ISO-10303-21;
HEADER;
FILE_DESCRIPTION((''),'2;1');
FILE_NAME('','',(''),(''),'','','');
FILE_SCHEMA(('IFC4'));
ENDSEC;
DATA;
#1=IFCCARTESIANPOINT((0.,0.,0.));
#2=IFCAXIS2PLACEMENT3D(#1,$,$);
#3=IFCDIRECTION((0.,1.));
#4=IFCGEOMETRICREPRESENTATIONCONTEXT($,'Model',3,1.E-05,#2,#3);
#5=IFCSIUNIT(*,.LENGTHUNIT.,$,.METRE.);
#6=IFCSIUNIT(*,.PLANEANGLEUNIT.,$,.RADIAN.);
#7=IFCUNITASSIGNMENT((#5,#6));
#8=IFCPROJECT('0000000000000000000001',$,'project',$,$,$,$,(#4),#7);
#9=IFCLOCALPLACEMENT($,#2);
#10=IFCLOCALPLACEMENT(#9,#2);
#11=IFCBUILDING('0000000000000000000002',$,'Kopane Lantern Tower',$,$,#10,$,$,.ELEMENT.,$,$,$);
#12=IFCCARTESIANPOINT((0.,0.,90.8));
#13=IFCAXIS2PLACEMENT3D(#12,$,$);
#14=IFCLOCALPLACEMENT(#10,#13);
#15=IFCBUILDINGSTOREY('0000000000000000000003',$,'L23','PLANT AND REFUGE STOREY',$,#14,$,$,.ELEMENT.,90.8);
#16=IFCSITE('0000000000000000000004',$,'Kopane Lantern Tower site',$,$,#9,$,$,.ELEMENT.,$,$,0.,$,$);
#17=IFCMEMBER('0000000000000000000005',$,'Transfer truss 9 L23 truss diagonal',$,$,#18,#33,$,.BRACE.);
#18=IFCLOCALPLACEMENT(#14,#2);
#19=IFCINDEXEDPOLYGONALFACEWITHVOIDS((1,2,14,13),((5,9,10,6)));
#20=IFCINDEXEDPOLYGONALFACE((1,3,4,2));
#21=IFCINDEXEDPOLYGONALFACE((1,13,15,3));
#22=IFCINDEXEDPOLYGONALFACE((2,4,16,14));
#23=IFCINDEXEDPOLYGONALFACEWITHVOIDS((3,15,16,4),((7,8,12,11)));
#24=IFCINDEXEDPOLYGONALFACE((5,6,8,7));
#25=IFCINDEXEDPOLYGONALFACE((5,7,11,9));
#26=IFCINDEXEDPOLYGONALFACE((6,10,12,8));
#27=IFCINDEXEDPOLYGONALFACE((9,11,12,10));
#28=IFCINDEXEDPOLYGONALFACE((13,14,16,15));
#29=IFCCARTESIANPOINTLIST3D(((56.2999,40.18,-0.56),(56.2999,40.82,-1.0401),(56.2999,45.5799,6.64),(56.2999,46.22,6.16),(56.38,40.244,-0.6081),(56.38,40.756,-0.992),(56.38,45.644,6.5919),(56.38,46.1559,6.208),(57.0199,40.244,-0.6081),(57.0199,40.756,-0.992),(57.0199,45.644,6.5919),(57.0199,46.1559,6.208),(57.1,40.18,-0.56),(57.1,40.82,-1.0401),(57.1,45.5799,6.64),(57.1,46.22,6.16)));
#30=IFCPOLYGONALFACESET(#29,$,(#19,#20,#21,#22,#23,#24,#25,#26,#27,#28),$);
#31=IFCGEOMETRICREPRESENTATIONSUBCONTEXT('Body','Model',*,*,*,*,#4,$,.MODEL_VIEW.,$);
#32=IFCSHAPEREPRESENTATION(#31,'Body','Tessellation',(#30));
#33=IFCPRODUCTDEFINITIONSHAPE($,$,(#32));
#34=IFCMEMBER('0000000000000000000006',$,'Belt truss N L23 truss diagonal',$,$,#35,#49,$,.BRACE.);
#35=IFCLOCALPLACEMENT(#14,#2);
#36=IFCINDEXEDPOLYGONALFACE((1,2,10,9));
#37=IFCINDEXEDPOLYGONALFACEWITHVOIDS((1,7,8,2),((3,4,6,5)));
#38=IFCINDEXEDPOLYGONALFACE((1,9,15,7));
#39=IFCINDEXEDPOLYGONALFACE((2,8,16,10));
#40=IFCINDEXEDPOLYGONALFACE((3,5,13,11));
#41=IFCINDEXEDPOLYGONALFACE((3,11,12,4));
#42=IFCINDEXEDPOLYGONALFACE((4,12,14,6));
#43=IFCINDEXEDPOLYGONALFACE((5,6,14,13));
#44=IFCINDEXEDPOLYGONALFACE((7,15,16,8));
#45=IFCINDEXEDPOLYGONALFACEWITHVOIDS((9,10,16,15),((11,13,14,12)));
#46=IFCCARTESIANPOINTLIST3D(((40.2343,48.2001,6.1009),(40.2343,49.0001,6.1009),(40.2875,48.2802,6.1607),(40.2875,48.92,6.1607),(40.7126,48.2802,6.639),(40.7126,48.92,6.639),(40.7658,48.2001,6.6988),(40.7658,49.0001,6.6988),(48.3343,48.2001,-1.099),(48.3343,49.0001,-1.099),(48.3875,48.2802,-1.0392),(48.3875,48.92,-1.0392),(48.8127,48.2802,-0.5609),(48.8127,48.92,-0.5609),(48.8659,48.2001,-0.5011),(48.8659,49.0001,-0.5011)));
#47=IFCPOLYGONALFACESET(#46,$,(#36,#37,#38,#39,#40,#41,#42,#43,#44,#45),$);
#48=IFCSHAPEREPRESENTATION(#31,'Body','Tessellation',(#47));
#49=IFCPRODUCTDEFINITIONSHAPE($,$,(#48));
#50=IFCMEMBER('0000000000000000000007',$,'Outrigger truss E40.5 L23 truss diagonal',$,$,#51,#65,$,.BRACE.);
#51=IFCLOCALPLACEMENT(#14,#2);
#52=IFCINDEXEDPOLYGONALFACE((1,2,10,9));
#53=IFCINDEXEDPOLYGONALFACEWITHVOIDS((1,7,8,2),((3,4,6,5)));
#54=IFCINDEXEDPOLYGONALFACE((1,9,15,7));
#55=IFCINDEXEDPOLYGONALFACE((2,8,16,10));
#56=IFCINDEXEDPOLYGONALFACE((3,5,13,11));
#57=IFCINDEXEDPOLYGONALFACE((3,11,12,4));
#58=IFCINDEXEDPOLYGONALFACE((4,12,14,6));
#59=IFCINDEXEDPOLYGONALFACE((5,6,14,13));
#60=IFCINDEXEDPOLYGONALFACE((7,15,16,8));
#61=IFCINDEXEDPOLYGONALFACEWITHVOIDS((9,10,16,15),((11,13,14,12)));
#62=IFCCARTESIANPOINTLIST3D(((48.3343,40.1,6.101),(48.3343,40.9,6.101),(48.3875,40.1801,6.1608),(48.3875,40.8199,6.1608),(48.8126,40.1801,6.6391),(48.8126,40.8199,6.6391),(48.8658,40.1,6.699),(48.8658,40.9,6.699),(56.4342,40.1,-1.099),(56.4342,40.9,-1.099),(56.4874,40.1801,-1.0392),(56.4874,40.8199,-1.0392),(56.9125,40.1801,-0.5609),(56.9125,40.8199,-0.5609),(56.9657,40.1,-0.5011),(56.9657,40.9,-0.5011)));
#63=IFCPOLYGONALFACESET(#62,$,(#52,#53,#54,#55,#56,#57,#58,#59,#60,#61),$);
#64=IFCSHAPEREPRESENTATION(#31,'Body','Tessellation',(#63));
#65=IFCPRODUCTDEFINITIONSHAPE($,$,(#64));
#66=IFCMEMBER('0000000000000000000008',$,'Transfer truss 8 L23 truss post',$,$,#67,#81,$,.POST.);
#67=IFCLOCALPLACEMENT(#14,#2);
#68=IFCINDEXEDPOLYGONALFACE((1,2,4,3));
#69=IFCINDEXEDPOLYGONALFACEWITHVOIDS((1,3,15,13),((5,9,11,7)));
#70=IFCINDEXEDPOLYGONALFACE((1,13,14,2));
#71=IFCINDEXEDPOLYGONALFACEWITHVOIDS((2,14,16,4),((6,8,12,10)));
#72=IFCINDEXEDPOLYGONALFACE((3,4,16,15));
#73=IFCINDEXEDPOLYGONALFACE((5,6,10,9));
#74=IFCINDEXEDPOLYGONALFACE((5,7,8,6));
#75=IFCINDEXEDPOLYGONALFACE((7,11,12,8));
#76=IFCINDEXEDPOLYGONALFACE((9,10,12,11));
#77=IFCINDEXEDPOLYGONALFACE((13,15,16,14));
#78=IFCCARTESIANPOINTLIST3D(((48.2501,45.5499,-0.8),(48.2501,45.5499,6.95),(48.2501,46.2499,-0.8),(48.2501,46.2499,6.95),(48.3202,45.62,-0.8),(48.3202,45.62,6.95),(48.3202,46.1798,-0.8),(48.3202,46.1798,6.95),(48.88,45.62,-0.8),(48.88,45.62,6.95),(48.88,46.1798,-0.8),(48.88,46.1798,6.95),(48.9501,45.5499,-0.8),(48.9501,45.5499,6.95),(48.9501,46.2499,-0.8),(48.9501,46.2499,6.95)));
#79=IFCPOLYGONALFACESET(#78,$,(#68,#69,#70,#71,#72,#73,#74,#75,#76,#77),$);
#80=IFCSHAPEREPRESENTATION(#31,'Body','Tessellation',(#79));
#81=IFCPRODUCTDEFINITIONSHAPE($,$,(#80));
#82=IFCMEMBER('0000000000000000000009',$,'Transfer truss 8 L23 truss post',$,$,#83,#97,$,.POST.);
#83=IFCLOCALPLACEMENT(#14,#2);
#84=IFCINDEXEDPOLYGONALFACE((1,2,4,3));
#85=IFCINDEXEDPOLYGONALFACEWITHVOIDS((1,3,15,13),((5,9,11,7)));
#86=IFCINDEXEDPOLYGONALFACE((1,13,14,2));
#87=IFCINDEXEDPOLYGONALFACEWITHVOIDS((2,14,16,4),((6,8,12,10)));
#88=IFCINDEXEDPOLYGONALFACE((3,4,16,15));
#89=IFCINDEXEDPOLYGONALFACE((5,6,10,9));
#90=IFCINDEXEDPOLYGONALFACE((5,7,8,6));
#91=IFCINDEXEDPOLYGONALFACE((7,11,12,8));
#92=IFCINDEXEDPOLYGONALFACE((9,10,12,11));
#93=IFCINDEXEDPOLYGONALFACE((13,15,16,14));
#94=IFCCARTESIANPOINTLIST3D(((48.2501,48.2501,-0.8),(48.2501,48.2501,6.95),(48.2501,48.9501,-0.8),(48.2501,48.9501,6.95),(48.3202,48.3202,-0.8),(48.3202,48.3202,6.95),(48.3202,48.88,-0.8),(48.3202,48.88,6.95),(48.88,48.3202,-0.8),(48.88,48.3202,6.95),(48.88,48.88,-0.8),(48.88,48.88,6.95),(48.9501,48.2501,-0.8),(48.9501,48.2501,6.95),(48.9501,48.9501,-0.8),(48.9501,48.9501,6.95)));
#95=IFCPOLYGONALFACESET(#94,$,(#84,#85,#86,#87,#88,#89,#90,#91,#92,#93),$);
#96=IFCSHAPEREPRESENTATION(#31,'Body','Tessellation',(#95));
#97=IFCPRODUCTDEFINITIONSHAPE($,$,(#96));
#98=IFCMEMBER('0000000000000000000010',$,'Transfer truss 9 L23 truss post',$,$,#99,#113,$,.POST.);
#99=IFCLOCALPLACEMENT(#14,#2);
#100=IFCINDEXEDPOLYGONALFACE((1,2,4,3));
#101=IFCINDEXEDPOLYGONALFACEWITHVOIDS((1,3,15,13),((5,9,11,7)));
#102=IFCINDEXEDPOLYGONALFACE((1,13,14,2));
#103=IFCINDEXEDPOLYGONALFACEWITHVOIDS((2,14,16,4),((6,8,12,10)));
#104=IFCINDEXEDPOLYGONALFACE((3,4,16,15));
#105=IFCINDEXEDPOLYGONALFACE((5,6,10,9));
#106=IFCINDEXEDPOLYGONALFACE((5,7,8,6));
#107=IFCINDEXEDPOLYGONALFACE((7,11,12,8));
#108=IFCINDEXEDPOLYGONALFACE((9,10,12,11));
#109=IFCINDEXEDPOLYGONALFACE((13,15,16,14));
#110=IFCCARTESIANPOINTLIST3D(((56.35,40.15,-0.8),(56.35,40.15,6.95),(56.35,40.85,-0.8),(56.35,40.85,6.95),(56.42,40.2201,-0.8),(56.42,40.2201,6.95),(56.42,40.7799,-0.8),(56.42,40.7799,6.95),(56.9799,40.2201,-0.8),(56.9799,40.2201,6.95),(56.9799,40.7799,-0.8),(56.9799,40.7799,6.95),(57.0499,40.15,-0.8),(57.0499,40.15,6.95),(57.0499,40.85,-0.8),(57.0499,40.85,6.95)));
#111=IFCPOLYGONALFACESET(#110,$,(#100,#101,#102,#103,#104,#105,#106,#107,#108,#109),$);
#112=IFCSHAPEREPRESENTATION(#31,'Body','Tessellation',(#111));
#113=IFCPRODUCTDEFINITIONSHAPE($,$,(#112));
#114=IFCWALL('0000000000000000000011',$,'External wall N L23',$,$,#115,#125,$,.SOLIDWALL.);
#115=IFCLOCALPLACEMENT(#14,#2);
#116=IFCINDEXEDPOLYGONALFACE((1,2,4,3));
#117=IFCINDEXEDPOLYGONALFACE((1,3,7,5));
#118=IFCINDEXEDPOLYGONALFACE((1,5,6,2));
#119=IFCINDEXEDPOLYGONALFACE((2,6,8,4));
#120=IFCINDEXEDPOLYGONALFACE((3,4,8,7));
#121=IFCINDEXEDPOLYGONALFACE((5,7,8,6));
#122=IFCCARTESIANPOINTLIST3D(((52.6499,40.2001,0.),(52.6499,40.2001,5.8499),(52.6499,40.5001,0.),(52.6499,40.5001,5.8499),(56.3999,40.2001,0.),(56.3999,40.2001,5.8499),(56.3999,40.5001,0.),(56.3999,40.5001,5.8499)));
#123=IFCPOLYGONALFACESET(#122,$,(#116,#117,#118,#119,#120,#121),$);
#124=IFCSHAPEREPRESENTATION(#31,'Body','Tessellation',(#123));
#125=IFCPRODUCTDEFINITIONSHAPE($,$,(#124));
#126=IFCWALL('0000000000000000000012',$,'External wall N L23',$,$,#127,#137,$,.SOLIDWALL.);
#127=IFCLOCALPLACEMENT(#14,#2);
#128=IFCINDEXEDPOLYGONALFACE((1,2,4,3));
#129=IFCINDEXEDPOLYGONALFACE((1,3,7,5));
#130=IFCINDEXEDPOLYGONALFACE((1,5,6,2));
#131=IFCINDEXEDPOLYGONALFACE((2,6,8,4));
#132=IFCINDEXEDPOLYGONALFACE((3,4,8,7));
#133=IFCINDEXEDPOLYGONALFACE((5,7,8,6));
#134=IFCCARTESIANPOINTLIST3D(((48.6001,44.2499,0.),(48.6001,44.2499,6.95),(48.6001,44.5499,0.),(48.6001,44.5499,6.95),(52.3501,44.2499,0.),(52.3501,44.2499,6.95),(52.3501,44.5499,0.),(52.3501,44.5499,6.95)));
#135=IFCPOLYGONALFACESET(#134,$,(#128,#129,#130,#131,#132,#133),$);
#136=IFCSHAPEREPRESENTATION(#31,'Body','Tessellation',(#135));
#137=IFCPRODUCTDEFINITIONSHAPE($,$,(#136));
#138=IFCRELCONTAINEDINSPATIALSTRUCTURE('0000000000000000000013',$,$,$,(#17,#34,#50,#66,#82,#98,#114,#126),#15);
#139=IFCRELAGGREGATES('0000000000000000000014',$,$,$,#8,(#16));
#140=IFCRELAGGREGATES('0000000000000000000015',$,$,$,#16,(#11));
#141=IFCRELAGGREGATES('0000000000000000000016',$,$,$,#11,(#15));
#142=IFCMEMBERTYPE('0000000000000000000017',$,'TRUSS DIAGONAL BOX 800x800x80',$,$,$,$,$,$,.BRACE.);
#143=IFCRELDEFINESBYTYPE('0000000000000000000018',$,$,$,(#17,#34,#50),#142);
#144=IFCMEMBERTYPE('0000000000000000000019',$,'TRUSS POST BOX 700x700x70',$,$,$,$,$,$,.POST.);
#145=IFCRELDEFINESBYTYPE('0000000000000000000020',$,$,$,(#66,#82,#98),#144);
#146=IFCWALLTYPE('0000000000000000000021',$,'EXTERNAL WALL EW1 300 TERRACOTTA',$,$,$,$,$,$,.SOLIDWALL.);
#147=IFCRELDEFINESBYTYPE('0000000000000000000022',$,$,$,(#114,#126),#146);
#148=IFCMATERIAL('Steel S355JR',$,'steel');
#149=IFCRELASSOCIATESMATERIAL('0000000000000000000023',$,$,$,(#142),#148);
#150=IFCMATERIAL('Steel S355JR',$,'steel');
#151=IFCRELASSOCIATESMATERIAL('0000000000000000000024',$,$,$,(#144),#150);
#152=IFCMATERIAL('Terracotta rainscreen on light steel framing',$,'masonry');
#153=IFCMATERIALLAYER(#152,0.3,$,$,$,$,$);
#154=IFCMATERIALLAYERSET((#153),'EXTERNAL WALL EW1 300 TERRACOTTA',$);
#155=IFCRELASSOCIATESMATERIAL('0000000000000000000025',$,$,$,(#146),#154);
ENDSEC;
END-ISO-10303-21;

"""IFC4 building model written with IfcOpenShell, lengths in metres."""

from ifc_helpers import new_model, si_unit, direction, frame, frame_2d, origin, origin_2d, place, context, subcontext, project, spatial, rectangle, hollow_rectangle, extrude, material, layer, layer_set, material_profile, profile_set, type_object, element, save


model = new_model("IFC4")

# Units and contexts
model_context = context("Model", 3, precision=1e-05, world=origin(), true_north=direction((0.0, 1.0)))
body_context = subcontext(model_context, "Body", "Model", "MODEL_VIEW")
ifc_project = project(units=[si_unit("LENGTHUNIT", "METRE"), si_unit("PLANEANGLEUNIT", "RADIAN")], contexts=[model_context])

# Site, building, storey
site_placement = place(None, origin())
site = spatial("IfcSite", under=ifc_project, at=site_placement, Name="Kopane Lantern Tower site", CompositionType="ELEMENT", RefElevation=0.0)
building_placement = place(site_placement, origin())
building = spatial("IfcBuilding", under=site, at=building_placement, Name="Kopane Lantern Tower", CompositionType="ELEMENT")
storey_placement = place(building_placement, frame((0.0, 0.0, 90.8)))
storey = spatial("IfcBuildingStorey", under=building, at=storey_placement, Name="L23", Description="PLANT AND REFUGE STOREY", CompositionType="ELEMENT", Elevation=90.8)

# Members
ifc_material_1 = material(Name="Steel S355JR", Category="steel")
ifc_material_profile_1 = material_profile(ifc_material_1, hollow_rectangle(XDim=0.8, YDim=0.8, WallThickness=0.0801, at=origin_2d()), Name="BOX 800x800x80")
ifc_profile_set_1 = profile_set([ifc_material_profile_1], Name="Steel S355JR")
member_type_1 = type_object("IfcMemberType", Name="TRUSS DIAGONAL BOX 800x800x80", PredefinedType="BRACE", material=ifc_profile_set_1)
member_1_placement = place(storey_placement, frame((56.7, 40.5, -0.8), z_axis=(0.0, 0.599996, 0.800003), x_axis=(-1.0, 0.0, 0.0)))
element("IfcMember", 1, at=member_1_placement, inside=storey, type_object=member_type_1, Name="Transfer truss 9 L23 truss diagonal", PredefinedType="BRACE", context=body_context, shape_type="SweptSolid", body=[
    extrude(hollow_rectangle(XDim=0.8, YDim=0.8, WallThickness=0.0801, at=origin_2d()), origin(), (0.0, 0.0, 1.0), 9.0),
])
for number, where, z_axis, x_axis, name in (
    (2, (48.6001, 48.6001, -0.8), (-0.747416, 0.0, 0.664357), (0.0, -1.0, 0.0), "Belt truss N L23 truss diagonal"),
    (3, (56.7, 40.5, -0.8), (-0.747406, 0.0, 0.664368), (0.0, -1.0, 0.0), "Outrigger truss E40.5 L23 truss diagonal"),
):
    element("IfcMember", number, at=place(storey_placement, frame(where, z_axis=z_axis, x_axis=x_axis)), inside=storey, type_object=member_type_1, Name=name, PredefinedType="BRACE", context=body_context, shape_type="SweptSolid", body=[
        extrude(hollow_rectangle(XDim=0.8, YDim=0.8, WallThickness=0.0801, at=origin_2d()), origin(), (0.0, 0.0, 1.0), 10.8374),
    ])
ifc_material_2 = material(Name="Steel S355JR", Category="steel")
ifc_material_profile_2 = material_profile(ifc_material_2, hollow_rectangle(XDim=0.7, YDim=0.7, WallThickness=0.0701, at=origin_2d()), Name="BOX 700x700x70")
ifc_profile_set_2 = profile_set([ifc_material_profile_2], Name="Steel S355JR")
member_type_2 = type_object("IfcMemberType", Name="TRUSS POST BOX 700x700x70", PredefinedType="POST", material=ifc_profile_set_2)
for number, where, z_axis, x_axis, name in (
    (4, (48.6001, 45.8999, -0.8), (0.0, 0.0, 1.0), (1.0, 0.0, 0.0), "Transfer truss 8 L23 truss post"),
    (5, (48.6001, 48.6001, -0.8), (0.0, 0.0, 1.0), (1.0, 0.0, 0.0), "Transfer truss 8 L23 truss post"),
    (6, (56.7, 40.5, -0.8), (0.0, 0.0, 1.0), (1.0, 0.0, 0.0), "Transfer truss 9 L23 truss post"),
):
    element("IfcMember", number, at=place(storey_placement, frame(where, z_axis=z_axis, x_axis=x_axis)), inside=storey, type_object=member_type_2, Name=name, PredefinedType="POST", context=body_context, shape_type="SweptSolid", body=[
        extrude(hollow_rectangle(XDim=0.7, YDim=0.7, WallThickness=0.0701, at=origin_2d()), origin(), (0.0, 0.0, 1.0), 7.75),
    ])

# Walls
ifc_material_3 = material(Name="Terracotta rainscreen on light steel framing", Category="masonry")
ifc_layer = layer(ifc_material_3, 0.3)
ifc_layer_set = layer_set([ifc_layer], Name="EXTERNAL WALL EW1 300 TERRACOTTA")
wall_type = type_object("IfcWallType", Name="EXTERNAL WALL EW1 300 TERRACOTTA", PredefinedType="SOLIDWALL", material=ifc_layer_set)
wall_1_placement = place(storey_placement, frame((56.3999, 40.3501, 0.0), z_axis=(0.0, 0.0, 1.0), x_axis=(-1.0, 0.0, 0.0)))
element("IfcWall", 7, at=wall_1_placement, inside=storey, type_object=wall_type, Name="External wall N L23", PredefinedType="SOLIDWALL", context=body_context, shape_type="SweptSolid", body=[
    extrude(rectangle(XDim=3.75, YDim=0.3, at=frame_2d((1.875, 0.0))), origin(), (0.0, 0.0, 1.0), 5.8499),
])
wall_2_placement = place(storey_placement, frame((52.3501, 44.3999, 0.0), z_axis=(0.0, 0.0, 1.0), x_axis=(-1.0, 0.0, 0.0)))
element("IfcWall", 8, at=wall_2_placement, inside=storey, type_object=wall_type, Name="External wall N L23", PredefinedType="SOLIDWALL", context=body_context, shape_type="SweptSolid", body=[
    extrude(rectangle(XDim=3.75, YDim=0.3, at=frame_2d((1.875, 0.0))), origin(), (0.0, 0.0, 1.0), 6.95),
])

save(model, "model.ifc")
